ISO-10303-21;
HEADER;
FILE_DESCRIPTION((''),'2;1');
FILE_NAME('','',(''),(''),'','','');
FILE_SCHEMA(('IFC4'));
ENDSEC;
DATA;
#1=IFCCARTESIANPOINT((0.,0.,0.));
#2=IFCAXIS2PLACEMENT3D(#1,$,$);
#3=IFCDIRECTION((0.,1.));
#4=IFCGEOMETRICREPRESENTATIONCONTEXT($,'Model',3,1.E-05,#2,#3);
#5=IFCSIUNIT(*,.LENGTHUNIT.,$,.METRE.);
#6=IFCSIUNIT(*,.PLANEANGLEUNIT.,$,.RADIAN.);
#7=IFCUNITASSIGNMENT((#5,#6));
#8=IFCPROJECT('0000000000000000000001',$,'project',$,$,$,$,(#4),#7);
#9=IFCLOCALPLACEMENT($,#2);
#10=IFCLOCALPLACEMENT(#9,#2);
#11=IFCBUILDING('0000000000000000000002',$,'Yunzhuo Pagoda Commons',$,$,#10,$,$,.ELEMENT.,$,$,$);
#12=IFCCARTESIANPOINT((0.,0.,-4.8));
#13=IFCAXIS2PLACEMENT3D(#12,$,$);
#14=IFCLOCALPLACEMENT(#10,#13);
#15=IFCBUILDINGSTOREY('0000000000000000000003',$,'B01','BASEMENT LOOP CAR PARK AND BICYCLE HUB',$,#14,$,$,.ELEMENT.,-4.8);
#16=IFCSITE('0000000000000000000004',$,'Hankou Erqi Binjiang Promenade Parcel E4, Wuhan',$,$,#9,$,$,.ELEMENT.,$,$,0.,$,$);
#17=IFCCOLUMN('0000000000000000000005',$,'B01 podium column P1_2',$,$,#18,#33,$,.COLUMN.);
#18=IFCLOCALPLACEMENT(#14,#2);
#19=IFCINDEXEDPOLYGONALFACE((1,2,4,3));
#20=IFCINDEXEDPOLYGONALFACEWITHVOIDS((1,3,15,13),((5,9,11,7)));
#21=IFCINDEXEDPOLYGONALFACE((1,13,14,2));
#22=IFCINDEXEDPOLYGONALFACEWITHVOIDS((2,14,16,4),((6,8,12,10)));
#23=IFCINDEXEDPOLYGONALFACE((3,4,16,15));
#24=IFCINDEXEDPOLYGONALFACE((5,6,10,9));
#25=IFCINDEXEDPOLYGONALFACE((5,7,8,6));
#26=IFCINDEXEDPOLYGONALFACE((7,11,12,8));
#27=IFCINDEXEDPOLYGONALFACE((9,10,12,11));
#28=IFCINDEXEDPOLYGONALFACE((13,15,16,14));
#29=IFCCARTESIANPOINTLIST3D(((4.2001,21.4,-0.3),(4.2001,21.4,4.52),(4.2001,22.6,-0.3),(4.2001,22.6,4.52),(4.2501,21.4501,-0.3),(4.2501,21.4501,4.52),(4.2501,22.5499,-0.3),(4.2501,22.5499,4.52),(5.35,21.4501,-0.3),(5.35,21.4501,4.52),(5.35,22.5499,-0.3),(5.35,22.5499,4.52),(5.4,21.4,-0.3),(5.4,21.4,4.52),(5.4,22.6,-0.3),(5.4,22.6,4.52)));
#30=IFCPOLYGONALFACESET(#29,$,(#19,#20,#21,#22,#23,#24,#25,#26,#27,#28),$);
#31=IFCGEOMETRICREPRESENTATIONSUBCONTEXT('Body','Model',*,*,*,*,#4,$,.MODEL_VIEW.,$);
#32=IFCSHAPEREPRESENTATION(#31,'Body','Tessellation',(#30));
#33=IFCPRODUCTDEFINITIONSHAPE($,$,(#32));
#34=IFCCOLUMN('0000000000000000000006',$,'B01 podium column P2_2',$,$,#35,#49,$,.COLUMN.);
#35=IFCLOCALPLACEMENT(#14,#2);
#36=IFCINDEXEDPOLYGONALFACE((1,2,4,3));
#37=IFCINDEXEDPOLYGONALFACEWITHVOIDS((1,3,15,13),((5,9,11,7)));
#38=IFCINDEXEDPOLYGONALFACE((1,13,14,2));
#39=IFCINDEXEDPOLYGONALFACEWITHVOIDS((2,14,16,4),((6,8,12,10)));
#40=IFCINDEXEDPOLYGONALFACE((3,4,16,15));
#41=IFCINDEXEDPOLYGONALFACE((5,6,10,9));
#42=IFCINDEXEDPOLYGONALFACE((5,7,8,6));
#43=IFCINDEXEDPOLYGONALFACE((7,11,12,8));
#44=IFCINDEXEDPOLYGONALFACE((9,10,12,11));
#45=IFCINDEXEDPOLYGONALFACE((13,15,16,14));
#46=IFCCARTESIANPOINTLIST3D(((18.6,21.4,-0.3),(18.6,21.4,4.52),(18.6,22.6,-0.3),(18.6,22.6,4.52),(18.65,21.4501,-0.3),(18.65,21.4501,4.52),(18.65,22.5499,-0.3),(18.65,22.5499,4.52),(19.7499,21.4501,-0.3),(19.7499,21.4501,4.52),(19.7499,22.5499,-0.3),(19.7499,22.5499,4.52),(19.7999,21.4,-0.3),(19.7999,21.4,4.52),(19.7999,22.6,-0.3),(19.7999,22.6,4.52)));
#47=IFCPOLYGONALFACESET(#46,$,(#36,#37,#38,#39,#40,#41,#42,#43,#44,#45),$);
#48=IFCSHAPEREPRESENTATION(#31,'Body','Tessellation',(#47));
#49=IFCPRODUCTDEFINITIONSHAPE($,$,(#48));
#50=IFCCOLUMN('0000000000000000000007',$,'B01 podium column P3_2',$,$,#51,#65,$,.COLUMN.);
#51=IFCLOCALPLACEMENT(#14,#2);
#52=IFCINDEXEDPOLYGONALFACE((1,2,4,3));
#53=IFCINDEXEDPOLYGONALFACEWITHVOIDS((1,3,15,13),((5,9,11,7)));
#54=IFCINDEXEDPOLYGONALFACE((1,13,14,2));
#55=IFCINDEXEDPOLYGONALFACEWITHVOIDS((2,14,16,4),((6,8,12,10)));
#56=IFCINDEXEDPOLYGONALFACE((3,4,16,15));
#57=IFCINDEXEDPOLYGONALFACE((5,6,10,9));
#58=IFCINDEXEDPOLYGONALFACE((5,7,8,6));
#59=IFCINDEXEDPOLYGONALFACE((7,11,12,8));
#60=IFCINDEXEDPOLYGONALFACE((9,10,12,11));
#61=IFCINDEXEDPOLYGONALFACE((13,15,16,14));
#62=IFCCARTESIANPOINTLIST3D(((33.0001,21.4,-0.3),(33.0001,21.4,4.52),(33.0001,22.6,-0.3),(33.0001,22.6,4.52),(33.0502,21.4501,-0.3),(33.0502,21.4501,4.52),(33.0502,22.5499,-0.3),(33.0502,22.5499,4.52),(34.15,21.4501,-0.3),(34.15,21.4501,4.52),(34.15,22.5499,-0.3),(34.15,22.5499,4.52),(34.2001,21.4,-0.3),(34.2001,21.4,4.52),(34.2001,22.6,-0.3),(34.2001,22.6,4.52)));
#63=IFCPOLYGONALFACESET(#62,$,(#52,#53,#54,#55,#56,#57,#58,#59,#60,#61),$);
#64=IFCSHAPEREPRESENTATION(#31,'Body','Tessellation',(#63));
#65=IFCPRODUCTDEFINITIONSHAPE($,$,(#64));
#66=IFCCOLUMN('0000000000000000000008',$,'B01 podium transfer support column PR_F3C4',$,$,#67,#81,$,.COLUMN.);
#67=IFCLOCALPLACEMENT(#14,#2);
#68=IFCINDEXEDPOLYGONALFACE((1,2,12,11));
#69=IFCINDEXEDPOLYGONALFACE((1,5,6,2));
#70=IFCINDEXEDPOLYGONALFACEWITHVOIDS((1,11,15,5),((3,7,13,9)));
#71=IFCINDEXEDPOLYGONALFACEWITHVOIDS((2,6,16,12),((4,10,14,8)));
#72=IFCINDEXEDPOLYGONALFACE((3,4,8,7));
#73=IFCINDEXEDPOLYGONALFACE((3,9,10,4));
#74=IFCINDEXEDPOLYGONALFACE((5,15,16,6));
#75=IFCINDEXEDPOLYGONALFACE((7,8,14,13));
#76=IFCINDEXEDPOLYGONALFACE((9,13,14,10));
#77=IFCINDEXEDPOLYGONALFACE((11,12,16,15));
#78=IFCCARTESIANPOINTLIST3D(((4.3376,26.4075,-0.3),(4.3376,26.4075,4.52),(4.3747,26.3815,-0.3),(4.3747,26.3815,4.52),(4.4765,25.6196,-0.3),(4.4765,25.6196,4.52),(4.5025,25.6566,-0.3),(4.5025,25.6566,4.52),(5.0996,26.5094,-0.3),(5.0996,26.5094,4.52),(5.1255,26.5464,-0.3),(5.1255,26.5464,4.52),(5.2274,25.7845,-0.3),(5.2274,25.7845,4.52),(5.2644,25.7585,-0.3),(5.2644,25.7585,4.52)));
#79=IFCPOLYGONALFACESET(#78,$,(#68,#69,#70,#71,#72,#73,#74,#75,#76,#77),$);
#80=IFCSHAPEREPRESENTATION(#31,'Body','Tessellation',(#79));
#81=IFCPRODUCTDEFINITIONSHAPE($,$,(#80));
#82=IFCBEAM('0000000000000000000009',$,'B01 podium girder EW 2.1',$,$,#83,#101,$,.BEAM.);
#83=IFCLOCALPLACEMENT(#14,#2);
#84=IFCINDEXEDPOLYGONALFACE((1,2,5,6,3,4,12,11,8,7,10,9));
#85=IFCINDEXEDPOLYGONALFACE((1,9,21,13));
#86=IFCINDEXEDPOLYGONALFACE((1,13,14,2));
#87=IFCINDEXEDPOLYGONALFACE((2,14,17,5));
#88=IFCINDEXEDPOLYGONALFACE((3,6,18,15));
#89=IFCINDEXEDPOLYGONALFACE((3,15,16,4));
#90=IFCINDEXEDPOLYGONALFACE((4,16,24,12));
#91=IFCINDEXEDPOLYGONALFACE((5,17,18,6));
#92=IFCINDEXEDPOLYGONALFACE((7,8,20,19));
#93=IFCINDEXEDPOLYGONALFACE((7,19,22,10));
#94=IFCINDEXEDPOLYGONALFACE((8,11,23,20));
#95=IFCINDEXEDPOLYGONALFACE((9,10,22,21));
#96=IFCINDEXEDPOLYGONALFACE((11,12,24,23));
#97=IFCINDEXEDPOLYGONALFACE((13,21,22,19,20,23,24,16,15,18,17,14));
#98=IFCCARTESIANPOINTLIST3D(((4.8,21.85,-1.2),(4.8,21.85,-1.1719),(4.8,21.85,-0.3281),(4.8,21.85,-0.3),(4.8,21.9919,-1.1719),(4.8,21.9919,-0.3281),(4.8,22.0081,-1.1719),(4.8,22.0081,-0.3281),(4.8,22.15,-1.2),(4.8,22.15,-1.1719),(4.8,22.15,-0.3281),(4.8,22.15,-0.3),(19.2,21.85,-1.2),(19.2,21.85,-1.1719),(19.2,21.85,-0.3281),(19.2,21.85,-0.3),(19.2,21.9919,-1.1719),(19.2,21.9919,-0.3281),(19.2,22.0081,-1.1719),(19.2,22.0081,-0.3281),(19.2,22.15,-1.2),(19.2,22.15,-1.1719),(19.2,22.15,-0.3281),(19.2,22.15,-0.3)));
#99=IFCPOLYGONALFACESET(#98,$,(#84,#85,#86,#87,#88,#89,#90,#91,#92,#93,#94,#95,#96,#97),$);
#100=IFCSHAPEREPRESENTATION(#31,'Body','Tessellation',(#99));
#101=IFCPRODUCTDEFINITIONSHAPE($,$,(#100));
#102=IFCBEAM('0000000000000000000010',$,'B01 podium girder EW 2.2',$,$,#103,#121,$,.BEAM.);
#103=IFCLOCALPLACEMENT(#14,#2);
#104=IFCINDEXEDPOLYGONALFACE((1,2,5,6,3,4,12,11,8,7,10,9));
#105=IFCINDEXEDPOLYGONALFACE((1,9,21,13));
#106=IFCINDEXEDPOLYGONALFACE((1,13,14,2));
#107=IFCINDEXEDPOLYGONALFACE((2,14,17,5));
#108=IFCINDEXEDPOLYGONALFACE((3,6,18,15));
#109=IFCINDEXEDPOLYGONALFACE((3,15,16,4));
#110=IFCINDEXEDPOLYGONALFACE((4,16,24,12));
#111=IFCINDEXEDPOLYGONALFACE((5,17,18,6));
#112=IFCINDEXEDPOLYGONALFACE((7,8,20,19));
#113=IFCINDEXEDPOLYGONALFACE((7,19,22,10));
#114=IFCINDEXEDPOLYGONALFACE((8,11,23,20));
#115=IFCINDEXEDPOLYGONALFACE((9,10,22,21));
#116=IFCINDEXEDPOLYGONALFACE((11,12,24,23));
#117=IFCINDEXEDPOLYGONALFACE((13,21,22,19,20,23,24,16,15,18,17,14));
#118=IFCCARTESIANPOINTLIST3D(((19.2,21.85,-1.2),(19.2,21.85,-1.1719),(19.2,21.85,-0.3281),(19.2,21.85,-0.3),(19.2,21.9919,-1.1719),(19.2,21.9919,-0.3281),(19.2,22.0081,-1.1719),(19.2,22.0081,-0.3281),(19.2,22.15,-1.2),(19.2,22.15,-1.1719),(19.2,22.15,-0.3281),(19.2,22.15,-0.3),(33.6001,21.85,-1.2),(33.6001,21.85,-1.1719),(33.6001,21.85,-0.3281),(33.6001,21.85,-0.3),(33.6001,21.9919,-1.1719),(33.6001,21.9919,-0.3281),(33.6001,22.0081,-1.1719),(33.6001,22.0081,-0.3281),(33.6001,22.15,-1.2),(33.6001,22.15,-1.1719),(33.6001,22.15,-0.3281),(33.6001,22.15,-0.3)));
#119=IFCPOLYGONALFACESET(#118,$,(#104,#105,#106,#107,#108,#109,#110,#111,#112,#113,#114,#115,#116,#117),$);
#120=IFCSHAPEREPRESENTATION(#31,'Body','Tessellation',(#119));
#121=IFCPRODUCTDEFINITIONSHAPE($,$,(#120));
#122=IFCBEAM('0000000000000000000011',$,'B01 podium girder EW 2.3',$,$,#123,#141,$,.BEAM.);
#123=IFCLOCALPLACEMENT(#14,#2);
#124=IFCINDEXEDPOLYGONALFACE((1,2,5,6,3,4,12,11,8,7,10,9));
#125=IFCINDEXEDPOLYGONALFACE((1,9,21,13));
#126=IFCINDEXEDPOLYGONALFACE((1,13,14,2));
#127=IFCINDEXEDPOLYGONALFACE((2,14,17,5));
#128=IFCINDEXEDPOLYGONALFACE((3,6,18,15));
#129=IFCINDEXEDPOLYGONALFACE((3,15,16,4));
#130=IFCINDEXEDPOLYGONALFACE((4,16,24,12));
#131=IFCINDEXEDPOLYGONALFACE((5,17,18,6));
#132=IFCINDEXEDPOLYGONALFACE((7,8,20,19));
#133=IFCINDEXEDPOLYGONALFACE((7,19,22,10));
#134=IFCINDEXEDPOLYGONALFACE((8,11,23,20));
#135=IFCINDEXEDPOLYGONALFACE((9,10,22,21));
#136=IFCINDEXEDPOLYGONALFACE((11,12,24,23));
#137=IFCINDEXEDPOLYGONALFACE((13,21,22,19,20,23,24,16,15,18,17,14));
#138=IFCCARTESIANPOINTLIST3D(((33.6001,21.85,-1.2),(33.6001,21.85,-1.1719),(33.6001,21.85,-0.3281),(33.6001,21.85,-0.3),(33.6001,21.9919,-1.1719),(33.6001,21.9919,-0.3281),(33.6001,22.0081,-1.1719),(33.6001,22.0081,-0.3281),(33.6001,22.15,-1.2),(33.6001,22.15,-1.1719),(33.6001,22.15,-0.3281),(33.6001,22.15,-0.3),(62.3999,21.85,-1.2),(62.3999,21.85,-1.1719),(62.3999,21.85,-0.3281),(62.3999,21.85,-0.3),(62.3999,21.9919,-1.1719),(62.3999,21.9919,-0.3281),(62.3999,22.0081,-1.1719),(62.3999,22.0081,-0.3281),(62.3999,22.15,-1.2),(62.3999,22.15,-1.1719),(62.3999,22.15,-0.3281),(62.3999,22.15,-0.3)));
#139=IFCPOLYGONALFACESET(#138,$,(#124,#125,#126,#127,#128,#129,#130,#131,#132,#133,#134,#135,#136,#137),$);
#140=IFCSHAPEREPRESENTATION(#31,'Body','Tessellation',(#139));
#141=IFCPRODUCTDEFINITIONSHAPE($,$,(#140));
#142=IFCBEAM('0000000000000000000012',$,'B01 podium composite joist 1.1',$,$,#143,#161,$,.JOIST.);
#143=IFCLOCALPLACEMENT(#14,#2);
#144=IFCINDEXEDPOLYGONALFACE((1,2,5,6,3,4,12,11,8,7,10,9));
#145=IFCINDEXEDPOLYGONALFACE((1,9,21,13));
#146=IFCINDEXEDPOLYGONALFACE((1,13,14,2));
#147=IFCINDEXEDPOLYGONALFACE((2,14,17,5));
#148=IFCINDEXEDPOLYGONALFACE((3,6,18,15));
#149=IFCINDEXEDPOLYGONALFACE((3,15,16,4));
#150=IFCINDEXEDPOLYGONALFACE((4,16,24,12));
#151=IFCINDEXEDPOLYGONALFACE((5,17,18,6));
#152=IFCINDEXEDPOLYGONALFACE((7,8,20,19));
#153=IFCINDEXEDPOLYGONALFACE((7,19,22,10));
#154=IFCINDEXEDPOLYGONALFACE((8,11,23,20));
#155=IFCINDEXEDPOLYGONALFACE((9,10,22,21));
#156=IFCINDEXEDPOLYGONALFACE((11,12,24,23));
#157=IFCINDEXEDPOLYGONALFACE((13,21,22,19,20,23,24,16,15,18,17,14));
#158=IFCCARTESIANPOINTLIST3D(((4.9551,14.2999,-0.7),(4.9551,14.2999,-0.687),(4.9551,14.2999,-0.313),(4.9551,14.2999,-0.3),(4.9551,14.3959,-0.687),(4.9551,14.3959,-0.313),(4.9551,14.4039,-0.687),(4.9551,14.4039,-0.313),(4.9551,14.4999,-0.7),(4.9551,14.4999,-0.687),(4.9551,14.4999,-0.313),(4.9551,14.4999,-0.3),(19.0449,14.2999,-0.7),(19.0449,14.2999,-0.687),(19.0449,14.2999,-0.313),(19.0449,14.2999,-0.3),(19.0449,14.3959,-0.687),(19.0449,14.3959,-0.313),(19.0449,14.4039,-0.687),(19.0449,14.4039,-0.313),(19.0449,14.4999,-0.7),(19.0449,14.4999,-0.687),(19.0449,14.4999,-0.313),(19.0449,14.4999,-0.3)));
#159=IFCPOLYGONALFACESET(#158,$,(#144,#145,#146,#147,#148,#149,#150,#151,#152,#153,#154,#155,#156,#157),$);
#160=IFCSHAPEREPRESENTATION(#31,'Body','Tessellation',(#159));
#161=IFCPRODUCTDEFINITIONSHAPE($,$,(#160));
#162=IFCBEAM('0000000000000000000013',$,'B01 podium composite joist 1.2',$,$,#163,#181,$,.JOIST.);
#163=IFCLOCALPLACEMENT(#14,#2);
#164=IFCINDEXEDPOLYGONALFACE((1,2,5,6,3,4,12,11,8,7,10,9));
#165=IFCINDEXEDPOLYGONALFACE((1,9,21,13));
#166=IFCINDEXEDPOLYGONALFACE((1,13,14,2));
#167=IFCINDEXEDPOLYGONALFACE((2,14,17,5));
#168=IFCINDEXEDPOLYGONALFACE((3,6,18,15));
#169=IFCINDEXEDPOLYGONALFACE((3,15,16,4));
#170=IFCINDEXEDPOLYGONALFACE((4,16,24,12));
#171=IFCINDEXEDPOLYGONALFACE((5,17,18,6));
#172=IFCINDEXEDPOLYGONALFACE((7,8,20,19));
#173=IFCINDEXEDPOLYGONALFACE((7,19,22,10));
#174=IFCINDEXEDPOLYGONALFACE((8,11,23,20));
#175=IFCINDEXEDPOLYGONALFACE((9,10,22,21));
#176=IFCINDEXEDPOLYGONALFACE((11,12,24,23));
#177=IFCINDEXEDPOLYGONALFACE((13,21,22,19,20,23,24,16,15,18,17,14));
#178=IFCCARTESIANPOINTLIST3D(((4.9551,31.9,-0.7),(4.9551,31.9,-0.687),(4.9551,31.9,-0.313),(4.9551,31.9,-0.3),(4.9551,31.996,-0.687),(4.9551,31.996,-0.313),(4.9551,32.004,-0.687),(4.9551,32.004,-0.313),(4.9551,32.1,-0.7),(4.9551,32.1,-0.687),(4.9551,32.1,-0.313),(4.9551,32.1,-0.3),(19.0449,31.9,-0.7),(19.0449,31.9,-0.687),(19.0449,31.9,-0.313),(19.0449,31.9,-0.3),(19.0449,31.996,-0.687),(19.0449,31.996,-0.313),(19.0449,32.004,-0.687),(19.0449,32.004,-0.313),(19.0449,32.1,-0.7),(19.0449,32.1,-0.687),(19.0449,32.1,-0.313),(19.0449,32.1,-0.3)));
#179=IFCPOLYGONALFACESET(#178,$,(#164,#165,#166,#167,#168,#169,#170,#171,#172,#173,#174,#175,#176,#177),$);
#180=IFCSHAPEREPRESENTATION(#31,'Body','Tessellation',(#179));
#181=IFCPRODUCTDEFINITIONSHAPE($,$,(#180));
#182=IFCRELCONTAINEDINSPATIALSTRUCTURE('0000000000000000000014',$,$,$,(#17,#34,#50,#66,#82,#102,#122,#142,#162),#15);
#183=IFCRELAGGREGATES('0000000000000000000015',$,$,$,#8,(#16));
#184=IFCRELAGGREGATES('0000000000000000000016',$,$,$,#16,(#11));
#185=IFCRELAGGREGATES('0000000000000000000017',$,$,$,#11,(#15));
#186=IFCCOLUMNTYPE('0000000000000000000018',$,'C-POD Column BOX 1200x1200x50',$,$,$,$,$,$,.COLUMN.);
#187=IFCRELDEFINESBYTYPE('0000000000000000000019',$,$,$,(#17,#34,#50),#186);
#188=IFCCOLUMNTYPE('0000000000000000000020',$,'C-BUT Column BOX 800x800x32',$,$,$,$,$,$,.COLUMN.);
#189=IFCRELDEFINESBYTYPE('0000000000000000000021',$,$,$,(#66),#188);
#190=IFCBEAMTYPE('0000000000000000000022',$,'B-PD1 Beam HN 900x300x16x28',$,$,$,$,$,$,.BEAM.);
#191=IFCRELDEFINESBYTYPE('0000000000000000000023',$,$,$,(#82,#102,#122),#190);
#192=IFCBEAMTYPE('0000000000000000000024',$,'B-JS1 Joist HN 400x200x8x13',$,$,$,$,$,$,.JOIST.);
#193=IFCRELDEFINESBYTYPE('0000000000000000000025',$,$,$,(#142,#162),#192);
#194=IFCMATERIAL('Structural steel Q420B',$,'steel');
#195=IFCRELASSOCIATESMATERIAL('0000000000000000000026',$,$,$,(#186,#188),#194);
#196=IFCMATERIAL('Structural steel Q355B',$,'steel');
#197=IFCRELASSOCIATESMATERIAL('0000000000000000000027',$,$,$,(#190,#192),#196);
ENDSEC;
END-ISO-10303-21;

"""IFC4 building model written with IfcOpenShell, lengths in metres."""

from ifc_helpers import new_model, si_unit, direction, frame, origin, origin_2d, place, context, subcontext, project, spatial, hollow_rectangle, i_section, extrude, source, transform, mapped, material, material_profile, profile_set, type_object, element, save


model = new_model("IFC4")

# Units and contexts
model_context = context("Model", 3, precision=1e-05, world=origin(), true_north=direction((0.0, 1.0)))
body_context = subcontext(model_context, "Body", "Model", "MODEL_VIEW")
ifc_project = project(units=[si_unit("LENGTHUNIT", "METRE"), si_unit("PLANEANGLEUNIT", "RADIAN")], contexts=[model_context])

# Site, building, storey
site_placement = place(None, origin())
site = spatial("IfcSite", under=ifc_project, at=site_placement, Name="Hankou Erqi Binjiang Promenade Parcel E4, Wuhan", CompositionType="ELEMENT", RefElevation=0.0)
building_placement = place(site_placement, origin())
building = spatial("IfcBuilding", under=site, at=building_placement, Name="Yunzhuo Pagoda Commons", CompositionType="ELEMENT")
storey_placement = place(building_placement, frame((0.0, 0.0, -4.8)))
storey = spatial("IfcBuildingStorey", under=building, at=storey_placement, Name="B01", Description="BASEMENT LOOP CAR PARK AND BICYCLE HUB", CompositionType="ELEMENT", Elevation=-4.8)

# Columns
ifc_material_1 = material(Name="Structural steel Q420B", Category="steel")
ifc_material_profile_1 = material_profile(ifc_material_1, hollow_rectangle(XDim=1.2, YDim=1.2, WallThickness=0.05, at=origin_2d()), Name="Structural steel Q420B")
ifc_profile_set_1 = profile_set([ifc_material_profile_1], Name="Structural steel Q420B")
column_type_1 = type_object("IfcColumnType", Name="C-POD Column BOX 1200x1200x50", PredefinedType="COLUMN", material=ifc_profile_set_1)
shared_shape_1 = source(origin(), body_context, "Body", "SweptSolid", [
    extrude(hollow_rectangle(XDim=1.2, YDim=1.2, WallThickness=0.05, at=origin_2d()), origin(), (0.0, 0.0, 1.0), 4.8201),
])
for number, where, z_axis, x_axis, name in (
    (1, (4.8, 22.0, -0.3), (0.0, 0.0, 1.0), (1.0, 0.0, 0.0), "B01 podium column P1_2"),
    (2, (19.2, 22.0, -0.3), (0.0, 0.0, 1.0), (1.0, 0.0, 0.0), "B01 podium column P2_2"),
    (3, (33.6001, 22.0, -0.3), (0.0, 0.0, 1.0), (1.0, 0.0, 0.0), "B01 podium column P3_2"),
):
    element("IfcColumn", number, at=place(storey_placement, frame(where, z_axis=z_axis, x_axis=x_axis)), inside=storey, type_object=column_type_1, Name=name, PredefinedType="COLUMN", context=body_context, shape_type="MappedRepresentation", body=[
        mapped(shared_shape_1, transform((0.0, 0.0, 0.0), scale=1.0)),
    ])
ifc_material_profile_2 = material_profile(ifc_material_1, hollow_rectangle(XDim=0.8, YDim=0.8, WallThickness=0.032, at=origin_2d()), Name="Structural steel Q420B")
ifc_profile_set_2 = profile_set([ifc_material_profile_2], Name="Structural steel Q420B")
column_type_2 = type_object("IfcColumnType", Name="C-BUT Column BOX 800x800x32", PredefinedType="COLUMN", material=ifc_profile_set_2)
shared_shape_2 = source(origin(), body_context, "Body", "SweptSolid", [
    extrude(hollow_rectangle(XDim=0.8, YDim=0.8, WallThickness=0.032, at=origin_2d()), origin(), (0.0, 0.0, 1.0), 4.8201),
])
column_placement = place(storey_placement, frame((4.801, 26.083, -0.3), z_axis=(0.0, 0.0, 1.0), x_axis=(0.173648, -0.984808, 0.0)))
element("IfcColumn", 4, at=column_placement, inside=storey, type_object=column_type_2, Name="B01 podium transfer support column PR_F3C4", PredefinedType="COLUMN", context=body_context, shape_type="MappedRepresentation", body=[
    mapped(shared_shape_2, transform((0.0, 0.0, 0.0), scale=1.0)),
])

# Beams
ifc_material_2 = material(Name="Structural steel Q355B", Category="steel")
ifc_material_profile_3 = material_profile(ifc_material_2, i_section(OverallWidth=0.3, OverallDepth=0.8999, WebThickness=0.0161, FlangeThickness=0.0281, at=origin_2d()), Name="Structural steel Q355B")
ifc_profile_set_3 = profile_set([ifc_material_profile_3], Name="Structural steel Q355B")
beam_type_1 = type_object("IfcBeamType", Name="B-PD1 Beam HN 900x300x16x28", PredefinedType="BEAM", material=ifc_profile_set_3)
shared_shape_3 = source(origin(), body_context, "Body", "SweptSolid", [
    extrude(i_section(OverallWidth=0.3, OverallDepth=0.8999, WebThickness=0.0161, FlangeThickness=0.0281, at=origin_2d()), origin(), (0.0, 0.0, 1.0), 14.3999),
])
beam_1_placement = place(storey_placement, frame((4.8, 22.0, -0.75), z_axis=(1.0, 0.0, 0.0), x_axis=(0.0, 1.0, 0.0)))
element("IfcBeam", 5, at=beam_1_placement, inside=storey, type_object=beam_type_1, Name="B01 podium girder EW 2.1", PredefinedType="BEAM", context=body_context, shape_type="MappedRepresentation", body=[
    mapped(shared_shape_3, transform((0.0, 0.0, 0.0), scale=1.0)),
])
shared_shape_4 = source(origin(), body_context, "Body", "SweptSolid", [
    extrude(i_section(OverallWidth=0.3, OverallDepth=0.8999, WebThickness=0.0161, FlangeThickness=0.0281, at=origin_2d()), origin(), (0.0, 0.0, 1.0), 14.4001),
])
beam_2_placement = place(storey_placement, frame((19.2, 22.0, -0.75), z_axis=(1.0, 0.0, 0.0), x_axis=(0.0, 1.0, 0.0)))
element("IfcBeam", 6, at=beam_2_placement, inside=storey, type_object=beam_type_1, Name="B01 podium girder EW 2.2", PredefinedType="BEAM", context=body_context, shape_type="MappedRepresentation", body=[
    mapped(shared_shape_4, transform((0.0, 0.0, 0.0), scale=1.0)),
])
shared_shape_5 = source(origin(), body_context, "Body", "SweptSolid", [
    extrude(i_section(OverallWidth=0.3, OverallDepth=0.8999, WebThickness=0.0161, FlangeThickness=0.0281, at=origin_2d()), origin(), (0.0, 0.0, 1.0), 28.7998),
])
beam_3_placement = place(storey_placement, frame((33.6001, 22.0, -0.75), z_axis=(1.0, 0.0, 0.0), x_axis=(0.0, 1.0, 0.0)))
element("IfcBeam", 7, at=beam_3_placement, inside=storey, type_object=beam_type_1, Name="B01 podium girder EW 2.3", PredefinedType="BEAM", context=body_context, shape_type="MappedRepresentation", body=[
    mapped(shared_shape_5, transform((0.0, 0.0, 0.0), scale=1.0)),
])
ifc_material_profile_4 = material_profile(ifc_material_2, i_section(OverallWidth=0.2, OverallDepth=0.3999, WebThickness=0.0081, FlangeThickness=0.0129, at=origin_2d()), Name="Structural steel Q355B")
ifc_profile_set_4 = profile_set([ifc_material_profile_4], Name="Structural steel Q355B")
beam_type_2 = type_object("IfcBeamType", Name="B-JS1 Joist HN 400x200x8x13", PredefinedType="JOIST", material=ifc_profile_set_4)
shared_shape_6 = source(origin(), body_context, "Body", "SweptSolid", [
    extrude(i_section(OverallWidth=0.2, OverallDepth=0.3999, WebThickness=0.0081, FlangeThickness=0.0129, at=origin_2d()), origin(), (0.0, 0.0, 1.0), 14.0898),
])
for number, where, z_axis, x_axis, name in (
    (8, (4.9551, 14.3999, -0.5), (1.0, 0.0, 0.0), (0.0, 1.0, 0.0), "B01 podium composite joist 1.1"),
    (9, (4.9551, 32.0, -0.5), (1.0, 0.0, 0.0), (0.0, 1.0, 0.0), "B01 podium composite joist 1.2"),
):
    element("IfcBeam", number, at=place(storey_placement, frame(where, z_axis=z_axis, x_axis=x_axis)), inside=storey, type_object=beam_type_2, Name=name, PredefinedType="JOIST", context=body_context, shape_type="MappedRepresentation", body=[
        mapped(shared_shape_6, transform((0.0, 0.0, 0.0), scale=1.0)),
    ])

save(model, "model.ifc")
